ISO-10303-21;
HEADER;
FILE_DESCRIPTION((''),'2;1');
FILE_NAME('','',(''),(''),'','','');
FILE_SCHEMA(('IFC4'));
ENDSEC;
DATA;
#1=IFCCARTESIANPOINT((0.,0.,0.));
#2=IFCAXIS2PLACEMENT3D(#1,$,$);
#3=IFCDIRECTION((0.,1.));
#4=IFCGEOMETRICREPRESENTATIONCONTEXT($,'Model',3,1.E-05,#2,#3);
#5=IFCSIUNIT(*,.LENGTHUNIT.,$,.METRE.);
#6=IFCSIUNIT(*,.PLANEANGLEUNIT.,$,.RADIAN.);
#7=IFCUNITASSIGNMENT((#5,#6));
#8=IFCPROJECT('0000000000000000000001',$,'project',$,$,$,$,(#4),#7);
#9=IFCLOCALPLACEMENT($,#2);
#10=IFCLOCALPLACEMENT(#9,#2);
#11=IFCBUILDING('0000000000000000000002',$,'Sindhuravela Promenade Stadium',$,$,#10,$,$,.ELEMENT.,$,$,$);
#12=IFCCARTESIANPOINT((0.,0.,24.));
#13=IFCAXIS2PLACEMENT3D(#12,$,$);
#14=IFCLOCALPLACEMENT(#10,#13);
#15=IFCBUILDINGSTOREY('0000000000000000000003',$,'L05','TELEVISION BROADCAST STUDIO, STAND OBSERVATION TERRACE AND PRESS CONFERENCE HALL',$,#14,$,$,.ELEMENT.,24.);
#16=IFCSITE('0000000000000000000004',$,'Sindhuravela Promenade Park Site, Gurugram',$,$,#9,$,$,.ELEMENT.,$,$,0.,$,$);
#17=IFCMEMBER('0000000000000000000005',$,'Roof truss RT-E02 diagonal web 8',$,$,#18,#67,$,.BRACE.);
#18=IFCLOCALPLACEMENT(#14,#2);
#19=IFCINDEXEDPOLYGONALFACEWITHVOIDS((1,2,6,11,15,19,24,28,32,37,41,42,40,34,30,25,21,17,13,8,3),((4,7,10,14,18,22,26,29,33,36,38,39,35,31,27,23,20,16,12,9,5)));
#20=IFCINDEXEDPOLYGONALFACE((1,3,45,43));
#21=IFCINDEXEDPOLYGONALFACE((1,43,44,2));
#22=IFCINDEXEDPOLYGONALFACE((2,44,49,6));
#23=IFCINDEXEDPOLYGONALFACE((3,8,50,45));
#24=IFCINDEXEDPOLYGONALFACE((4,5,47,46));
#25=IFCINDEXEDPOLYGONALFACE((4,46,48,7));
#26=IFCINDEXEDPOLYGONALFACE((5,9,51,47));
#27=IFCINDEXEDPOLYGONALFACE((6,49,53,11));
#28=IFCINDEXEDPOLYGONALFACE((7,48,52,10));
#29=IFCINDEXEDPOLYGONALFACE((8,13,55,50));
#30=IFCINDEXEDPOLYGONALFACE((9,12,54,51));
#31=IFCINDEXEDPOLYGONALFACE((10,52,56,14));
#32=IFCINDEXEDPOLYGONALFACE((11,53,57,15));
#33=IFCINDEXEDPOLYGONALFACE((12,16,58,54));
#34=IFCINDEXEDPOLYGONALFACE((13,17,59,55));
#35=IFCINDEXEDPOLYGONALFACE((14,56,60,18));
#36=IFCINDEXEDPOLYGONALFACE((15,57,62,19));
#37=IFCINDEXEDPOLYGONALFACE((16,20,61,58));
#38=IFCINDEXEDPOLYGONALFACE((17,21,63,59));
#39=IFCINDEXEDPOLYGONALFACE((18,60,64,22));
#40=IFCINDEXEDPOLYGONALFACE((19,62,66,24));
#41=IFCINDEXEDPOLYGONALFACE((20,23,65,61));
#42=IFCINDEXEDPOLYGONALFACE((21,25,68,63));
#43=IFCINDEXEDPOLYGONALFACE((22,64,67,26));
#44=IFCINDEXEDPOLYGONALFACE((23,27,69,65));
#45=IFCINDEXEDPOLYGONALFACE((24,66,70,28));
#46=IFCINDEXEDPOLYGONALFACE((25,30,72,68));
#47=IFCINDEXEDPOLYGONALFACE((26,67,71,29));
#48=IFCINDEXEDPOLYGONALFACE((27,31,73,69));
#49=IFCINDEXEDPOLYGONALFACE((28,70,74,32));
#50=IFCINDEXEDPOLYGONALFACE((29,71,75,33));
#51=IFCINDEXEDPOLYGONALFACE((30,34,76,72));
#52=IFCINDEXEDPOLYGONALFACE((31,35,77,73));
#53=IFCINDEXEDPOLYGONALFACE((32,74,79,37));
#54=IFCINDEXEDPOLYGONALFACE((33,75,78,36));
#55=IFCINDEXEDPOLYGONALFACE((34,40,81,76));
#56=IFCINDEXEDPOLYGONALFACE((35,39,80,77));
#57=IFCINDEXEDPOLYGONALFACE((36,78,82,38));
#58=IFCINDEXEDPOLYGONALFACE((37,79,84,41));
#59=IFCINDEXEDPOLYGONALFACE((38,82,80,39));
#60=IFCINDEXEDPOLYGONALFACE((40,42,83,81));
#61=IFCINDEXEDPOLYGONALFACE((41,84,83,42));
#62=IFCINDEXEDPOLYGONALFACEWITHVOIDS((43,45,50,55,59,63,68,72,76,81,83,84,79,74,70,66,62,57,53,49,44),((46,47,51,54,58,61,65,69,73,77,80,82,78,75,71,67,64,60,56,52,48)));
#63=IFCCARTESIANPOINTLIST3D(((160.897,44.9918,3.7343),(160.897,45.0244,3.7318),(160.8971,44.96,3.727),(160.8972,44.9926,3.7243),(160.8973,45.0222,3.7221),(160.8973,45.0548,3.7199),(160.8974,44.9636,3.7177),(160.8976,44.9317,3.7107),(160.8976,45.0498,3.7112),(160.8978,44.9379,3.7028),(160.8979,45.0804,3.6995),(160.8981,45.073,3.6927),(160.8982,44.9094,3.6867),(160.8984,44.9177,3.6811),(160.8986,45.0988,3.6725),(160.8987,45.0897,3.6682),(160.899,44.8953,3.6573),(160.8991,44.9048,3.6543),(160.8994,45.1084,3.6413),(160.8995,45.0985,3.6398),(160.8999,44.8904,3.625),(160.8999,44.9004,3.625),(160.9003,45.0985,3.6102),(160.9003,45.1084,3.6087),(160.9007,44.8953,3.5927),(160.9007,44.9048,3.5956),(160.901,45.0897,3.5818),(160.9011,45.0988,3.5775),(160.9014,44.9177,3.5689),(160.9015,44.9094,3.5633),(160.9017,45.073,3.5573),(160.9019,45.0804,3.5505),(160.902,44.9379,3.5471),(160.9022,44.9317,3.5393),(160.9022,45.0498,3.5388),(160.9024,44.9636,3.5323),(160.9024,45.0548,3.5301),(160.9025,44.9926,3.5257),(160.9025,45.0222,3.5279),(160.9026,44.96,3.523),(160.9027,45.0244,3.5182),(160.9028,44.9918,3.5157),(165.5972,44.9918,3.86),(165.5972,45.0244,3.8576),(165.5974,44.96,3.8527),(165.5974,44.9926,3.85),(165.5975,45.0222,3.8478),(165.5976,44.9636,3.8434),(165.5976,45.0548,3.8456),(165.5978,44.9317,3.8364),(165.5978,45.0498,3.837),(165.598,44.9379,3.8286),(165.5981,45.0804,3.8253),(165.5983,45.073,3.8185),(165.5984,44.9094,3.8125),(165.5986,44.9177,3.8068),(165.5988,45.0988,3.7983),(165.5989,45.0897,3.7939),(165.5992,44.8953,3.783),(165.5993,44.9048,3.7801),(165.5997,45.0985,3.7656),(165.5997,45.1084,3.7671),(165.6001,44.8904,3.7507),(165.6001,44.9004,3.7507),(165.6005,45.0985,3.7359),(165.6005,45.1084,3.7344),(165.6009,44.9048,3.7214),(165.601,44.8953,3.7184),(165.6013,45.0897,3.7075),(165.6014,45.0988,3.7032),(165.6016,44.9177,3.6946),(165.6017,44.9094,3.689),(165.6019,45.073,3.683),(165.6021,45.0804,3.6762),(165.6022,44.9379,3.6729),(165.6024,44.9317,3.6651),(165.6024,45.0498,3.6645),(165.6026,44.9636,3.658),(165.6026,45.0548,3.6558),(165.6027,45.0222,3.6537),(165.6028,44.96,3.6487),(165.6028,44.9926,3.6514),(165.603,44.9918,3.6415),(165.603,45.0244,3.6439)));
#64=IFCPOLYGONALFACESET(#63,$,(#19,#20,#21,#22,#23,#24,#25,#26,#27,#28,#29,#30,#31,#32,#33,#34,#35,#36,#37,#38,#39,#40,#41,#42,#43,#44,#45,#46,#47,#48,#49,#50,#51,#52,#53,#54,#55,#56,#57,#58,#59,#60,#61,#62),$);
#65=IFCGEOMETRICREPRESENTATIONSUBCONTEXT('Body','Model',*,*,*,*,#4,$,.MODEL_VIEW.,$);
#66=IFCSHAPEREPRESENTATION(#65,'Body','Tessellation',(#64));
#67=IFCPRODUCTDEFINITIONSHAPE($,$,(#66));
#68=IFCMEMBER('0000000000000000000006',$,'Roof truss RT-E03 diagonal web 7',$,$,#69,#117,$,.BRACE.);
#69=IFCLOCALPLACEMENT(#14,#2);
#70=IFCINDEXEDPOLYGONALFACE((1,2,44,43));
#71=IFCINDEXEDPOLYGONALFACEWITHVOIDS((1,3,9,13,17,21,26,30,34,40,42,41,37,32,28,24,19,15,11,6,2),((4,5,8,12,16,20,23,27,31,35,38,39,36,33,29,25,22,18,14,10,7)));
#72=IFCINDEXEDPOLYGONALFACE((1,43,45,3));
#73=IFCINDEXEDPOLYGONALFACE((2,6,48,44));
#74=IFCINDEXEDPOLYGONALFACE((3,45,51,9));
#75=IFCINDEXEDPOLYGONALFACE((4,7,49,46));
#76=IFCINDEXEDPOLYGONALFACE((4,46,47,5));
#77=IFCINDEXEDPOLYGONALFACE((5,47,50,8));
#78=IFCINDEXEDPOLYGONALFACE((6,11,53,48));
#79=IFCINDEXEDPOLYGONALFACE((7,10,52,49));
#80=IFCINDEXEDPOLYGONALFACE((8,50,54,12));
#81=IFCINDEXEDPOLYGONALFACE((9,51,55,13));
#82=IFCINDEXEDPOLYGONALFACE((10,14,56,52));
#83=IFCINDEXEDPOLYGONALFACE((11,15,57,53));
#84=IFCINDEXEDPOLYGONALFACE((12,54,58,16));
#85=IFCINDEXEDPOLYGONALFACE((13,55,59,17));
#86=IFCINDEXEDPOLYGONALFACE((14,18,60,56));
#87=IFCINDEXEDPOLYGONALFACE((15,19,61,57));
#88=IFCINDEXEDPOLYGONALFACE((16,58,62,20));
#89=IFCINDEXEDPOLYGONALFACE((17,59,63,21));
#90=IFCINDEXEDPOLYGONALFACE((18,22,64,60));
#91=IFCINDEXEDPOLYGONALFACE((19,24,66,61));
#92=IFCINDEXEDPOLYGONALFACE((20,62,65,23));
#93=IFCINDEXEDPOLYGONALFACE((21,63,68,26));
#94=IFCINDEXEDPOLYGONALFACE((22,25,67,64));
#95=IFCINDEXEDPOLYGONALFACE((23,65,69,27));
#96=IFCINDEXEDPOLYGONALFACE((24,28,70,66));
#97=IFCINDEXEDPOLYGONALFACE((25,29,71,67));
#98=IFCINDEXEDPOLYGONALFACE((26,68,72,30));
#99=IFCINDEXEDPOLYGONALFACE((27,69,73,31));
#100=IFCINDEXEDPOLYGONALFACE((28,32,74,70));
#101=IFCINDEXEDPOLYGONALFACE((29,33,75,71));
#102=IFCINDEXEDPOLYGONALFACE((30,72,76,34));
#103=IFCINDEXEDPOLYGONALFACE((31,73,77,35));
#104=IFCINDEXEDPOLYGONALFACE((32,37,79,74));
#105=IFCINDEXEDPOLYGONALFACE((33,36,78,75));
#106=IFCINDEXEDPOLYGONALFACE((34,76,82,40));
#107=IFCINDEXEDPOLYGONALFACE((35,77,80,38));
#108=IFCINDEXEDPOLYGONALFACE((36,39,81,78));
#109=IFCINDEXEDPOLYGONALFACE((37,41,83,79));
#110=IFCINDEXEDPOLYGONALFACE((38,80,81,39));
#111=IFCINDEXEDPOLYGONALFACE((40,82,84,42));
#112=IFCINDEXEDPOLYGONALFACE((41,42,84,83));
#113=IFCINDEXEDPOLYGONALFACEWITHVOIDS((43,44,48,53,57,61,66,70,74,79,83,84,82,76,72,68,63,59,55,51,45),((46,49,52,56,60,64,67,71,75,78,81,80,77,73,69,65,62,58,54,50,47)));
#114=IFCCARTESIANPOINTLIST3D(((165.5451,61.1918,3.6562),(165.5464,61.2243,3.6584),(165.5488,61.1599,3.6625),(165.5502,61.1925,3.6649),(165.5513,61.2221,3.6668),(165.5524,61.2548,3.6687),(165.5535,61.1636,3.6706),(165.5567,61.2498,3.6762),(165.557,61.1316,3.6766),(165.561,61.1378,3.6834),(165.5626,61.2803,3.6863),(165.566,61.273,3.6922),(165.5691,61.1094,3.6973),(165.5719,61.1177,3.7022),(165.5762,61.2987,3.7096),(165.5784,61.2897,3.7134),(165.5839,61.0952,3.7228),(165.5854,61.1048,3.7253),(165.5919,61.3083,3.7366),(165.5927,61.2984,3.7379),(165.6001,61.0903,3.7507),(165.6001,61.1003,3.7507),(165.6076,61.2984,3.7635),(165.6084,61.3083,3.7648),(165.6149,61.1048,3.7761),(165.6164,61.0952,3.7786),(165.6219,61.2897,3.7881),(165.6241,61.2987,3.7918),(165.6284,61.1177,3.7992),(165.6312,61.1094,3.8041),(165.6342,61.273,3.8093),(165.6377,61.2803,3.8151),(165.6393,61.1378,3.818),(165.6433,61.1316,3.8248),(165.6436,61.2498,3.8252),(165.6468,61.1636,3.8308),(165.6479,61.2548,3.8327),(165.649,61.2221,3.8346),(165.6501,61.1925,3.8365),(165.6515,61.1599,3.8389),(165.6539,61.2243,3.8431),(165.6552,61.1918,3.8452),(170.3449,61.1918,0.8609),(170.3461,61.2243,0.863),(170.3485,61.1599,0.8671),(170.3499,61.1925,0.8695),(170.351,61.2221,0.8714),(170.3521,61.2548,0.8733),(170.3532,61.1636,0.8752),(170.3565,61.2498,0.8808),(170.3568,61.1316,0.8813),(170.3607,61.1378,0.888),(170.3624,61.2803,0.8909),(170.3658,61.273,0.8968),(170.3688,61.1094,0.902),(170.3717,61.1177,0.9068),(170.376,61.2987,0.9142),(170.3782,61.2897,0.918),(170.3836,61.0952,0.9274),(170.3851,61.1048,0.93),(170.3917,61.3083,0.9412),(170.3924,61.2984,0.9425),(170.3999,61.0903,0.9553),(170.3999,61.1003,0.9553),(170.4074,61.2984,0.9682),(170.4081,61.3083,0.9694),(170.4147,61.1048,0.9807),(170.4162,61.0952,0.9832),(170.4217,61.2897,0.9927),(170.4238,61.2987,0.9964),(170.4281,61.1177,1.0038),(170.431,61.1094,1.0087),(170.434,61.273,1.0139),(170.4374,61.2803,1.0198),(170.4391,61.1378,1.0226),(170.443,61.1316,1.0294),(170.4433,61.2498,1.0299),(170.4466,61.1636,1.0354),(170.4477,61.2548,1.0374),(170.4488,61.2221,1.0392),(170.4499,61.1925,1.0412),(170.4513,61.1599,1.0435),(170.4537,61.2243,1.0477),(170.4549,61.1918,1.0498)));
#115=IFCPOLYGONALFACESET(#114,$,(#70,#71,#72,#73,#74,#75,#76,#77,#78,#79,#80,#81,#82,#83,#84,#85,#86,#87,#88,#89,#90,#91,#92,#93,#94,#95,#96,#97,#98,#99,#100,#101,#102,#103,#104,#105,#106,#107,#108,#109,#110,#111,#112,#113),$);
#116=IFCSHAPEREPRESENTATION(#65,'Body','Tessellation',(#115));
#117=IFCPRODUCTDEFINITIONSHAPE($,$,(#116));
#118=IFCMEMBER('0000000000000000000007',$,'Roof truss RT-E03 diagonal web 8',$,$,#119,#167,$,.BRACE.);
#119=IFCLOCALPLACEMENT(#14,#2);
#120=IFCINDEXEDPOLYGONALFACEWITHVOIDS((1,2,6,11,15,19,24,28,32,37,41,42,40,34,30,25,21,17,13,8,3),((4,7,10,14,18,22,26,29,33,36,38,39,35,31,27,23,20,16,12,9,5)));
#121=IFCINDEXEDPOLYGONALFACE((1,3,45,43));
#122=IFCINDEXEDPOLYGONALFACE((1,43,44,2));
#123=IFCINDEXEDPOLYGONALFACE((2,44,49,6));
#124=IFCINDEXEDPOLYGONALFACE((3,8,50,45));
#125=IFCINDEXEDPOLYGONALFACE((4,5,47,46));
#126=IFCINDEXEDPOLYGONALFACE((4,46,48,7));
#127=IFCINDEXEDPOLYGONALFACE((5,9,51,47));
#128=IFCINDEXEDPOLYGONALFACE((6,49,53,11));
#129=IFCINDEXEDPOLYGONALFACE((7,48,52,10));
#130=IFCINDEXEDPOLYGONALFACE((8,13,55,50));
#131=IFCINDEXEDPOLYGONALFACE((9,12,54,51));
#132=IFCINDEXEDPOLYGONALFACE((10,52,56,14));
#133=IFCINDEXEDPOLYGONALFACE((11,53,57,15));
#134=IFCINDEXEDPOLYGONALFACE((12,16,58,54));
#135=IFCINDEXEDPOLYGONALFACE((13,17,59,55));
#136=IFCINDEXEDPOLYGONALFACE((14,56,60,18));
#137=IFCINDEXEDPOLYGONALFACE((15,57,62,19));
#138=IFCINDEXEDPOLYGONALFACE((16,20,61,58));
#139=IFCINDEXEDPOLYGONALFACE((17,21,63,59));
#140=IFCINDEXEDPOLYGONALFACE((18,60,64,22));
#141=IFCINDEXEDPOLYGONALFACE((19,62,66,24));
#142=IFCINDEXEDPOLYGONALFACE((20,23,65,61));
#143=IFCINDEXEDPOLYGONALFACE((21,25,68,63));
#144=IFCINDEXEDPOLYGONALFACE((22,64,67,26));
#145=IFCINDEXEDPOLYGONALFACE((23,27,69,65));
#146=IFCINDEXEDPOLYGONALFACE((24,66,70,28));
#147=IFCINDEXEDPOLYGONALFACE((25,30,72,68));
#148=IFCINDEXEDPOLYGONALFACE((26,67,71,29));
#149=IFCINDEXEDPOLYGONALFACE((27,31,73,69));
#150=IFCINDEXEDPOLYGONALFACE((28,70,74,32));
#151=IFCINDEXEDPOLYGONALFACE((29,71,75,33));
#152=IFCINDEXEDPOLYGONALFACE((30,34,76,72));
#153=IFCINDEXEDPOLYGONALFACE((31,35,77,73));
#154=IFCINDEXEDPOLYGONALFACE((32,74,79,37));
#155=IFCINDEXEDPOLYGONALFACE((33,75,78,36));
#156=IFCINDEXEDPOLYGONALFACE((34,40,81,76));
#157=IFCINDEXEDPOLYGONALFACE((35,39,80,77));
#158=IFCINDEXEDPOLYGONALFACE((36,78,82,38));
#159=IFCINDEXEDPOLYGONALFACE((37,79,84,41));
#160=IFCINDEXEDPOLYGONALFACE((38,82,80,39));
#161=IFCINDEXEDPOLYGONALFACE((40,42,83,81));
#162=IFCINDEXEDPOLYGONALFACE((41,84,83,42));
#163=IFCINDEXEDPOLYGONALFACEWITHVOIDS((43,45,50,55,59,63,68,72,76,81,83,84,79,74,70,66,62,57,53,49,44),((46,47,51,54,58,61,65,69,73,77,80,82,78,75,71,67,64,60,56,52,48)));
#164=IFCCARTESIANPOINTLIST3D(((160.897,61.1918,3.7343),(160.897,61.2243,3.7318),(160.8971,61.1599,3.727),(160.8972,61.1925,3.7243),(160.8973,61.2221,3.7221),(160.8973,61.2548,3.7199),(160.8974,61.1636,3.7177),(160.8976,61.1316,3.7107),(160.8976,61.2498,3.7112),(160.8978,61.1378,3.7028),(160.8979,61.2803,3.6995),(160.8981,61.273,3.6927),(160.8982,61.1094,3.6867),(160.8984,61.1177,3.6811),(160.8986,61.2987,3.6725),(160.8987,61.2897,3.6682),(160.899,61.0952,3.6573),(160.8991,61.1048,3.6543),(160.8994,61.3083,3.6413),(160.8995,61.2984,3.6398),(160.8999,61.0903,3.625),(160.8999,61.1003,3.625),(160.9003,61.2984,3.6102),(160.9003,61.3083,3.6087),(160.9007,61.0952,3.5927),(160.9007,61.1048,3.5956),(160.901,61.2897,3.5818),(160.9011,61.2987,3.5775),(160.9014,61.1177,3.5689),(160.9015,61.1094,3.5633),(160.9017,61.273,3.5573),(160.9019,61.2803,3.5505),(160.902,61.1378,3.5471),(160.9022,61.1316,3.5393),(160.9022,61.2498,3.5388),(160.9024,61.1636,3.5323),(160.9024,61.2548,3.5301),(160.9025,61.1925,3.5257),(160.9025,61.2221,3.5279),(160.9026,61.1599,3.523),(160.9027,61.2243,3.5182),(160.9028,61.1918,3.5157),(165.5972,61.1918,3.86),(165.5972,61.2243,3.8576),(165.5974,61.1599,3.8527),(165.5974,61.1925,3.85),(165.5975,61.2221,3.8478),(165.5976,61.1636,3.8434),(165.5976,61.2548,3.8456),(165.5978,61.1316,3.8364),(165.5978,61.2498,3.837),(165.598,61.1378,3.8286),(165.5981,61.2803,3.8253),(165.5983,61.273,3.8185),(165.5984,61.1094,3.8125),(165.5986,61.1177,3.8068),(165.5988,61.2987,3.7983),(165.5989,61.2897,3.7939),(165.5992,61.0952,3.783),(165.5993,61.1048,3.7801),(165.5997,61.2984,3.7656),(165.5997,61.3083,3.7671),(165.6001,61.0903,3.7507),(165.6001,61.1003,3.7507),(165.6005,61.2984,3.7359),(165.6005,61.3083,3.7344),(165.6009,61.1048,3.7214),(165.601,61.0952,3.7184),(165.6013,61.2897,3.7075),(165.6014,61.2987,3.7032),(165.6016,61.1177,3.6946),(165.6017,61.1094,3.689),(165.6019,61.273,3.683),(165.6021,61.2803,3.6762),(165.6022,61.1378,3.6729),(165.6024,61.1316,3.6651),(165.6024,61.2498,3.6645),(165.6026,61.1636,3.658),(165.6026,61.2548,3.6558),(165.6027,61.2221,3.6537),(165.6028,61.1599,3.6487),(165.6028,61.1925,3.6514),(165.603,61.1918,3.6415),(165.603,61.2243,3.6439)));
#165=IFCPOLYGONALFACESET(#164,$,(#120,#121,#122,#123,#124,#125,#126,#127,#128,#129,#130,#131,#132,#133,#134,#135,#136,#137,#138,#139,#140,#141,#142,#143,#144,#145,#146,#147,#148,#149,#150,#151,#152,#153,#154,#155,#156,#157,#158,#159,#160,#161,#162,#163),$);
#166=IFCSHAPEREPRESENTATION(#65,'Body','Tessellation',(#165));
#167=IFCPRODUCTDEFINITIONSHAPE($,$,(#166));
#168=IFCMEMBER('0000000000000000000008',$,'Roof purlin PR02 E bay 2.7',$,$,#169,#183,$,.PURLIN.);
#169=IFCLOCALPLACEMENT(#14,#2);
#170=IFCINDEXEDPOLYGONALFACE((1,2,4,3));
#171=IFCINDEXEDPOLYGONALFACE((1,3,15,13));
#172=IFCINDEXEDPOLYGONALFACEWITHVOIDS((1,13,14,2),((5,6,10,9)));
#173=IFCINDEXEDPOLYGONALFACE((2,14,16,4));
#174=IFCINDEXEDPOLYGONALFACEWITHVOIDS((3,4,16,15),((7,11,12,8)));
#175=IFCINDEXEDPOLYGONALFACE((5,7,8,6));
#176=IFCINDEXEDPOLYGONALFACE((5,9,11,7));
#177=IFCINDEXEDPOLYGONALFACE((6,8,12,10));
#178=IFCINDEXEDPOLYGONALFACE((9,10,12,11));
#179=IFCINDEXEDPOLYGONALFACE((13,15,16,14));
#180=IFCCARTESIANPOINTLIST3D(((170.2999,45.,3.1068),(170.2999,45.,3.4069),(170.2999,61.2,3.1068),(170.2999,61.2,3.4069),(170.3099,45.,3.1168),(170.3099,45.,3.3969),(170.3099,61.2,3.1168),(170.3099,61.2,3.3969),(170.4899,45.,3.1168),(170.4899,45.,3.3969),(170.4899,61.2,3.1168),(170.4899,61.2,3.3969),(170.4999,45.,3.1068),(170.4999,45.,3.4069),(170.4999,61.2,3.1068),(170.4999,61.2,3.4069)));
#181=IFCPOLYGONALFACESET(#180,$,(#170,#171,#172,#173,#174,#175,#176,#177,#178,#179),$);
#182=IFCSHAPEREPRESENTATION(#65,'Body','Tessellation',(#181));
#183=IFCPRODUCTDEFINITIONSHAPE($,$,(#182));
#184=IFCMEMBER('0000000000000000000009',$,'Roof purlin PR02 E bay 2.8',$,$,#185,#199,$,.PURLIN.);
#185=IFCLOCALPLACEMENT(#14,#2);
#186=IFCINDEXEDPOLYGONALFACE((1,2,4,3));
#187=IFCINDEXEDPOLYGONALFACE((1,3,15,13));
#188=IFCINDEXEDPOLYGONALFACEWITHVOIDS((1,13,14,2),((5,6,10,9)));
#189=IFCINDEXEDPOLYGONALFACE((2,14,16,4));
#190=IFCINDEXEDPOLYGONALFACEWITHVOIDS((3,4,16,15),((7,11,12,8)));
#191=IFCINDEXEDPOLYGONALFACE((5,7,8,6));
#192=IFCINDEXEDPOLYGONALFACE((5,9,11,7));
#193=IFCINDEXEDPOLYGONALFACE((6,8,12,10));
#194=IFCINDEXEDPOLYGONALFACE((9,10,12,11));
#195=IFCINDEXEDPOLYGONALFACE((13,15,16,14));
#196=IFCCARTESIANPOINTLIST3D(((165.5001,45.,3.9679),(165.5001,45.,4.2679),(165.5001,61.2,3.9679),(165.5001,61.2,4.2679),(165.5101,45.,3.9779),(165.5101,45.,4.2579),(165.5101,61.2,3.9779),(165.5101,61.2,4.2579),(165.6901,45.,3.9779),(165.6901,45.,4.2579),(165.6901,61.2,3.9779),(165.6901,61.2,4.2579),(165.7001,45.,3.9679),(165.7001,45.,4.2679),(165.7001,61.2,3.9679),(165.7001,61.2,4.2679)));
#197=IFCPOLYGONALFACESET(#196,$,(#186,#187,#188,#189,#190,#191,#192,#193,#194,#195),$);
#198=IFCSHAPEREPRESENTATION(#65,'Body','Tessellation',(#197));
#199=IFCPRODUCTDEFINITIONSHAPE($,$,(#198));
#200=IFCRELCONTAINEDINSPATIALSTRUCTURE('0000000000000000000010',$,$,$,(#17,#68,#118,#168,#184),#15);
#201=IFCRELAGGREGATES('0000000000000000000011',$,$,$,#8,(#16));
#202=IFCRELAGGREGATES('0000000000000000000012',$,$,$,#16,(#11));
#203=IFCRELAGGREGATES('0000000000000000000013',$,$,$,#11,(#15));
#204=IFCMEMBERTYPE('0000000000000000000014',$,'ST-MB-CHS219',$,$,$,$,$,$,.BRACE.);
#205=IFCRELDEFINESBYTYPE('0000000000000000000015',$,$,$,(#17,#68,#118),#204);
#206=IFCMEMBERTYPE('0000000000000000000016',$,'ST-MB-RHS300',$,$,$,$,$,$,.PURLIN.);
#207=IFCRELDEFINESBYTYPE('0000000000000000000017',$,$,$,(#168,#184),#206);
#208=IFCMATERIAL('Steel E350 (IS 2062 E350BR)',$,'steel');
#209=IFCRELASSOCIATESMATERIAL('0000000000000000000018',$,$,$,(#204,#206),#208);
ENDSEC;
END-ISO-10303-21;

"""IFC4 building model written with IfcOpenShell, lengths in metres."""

from ifc_helpers import new_model, si_unit, direction, frame, origin, origin_2d, place, context, subcontext, project, spatial, hollow_rectangle, hollow_circle, extrude, material, material_profile, profile_set, type_object, element, save


model = new_model("IFC4")

# Units and contexts
model_context = context("Model", 3, precision=1e-05, world=origin(), true_north=direction((0.0, 1.0)))
body_context = subcontext(model_context, "Body", "Model", "MODEL_VIEW")
ifc_project = project(units=[si_unit("LENGTHUNIT", "METRE"), si_unit("PLANEANGLEUNIT", "RADIAN")], contexts=[model_context])

# Site, building, storey
site_placement = place(None, origin())
site = spatial("IfcSite", under=ifc_project, at=site_placement, Name="Sindhuravela Promenade Park Site, Gurugram", CompositionType="ELEMENT", RefElevation=0.0)
building_placement = place(site_placement, origin())
building = spatial("IfcBuilding", under=site, at=building_placement, Name="Sindhuravela Promenade Stadium", CompositionType="ELEMENT")
storey_placement = place(building_placement, frame((0.0, 0.0, 24.0)))
storey = spatial("IfcBuildingStorey", under=building, at=storey_placement, Name="L05", Description="TELEVISION BROADCAST STUDIO, STAND OBSERVATION TERRACE AND PRESS CONFERENCE HALL", CompositionType="ELEMENT", Elevation=24.0)

# Shared definitions
ifc_material_1 = material(Name="Steel E350 (IS 2062 E350BR)", Category="steel")

# Members
ifc_material_profile_1 = material_profile(ifc_material_1, hollow_circle(Radius=0.1096, WallThickness=0.01, at=origin_2d()), Name="CHS 219.1x10")
ifc_profile_set_1 = profile_set([ifc_material_profile_1], Name="Steel E350 (IS 2062 E350BR)")
member_type_1 = type_object("IfcMemberType", Name="ST-MB-CHS219", PredefinedType="BRACE", material=ifc_profile_set_1)
member_1_placement = place(storey_placement, frame((165.6001, 45.0, 3.7507), z_axis=(-0.999642, 0.0, -0.026741), x_axis=(0.0, -1.0, 0.0)))
element("IfcMember", 1, at=member_1_placement, inside=storey, type_object=member_type_1, Name="Roof truss RT-E02 diagonal web 8", PredefinedType="BRACE", context=body_context, shape_type="SweptSolid", body=[
    extrude(hollow_circle(Radius=0.1096, WallThickness=0.01, at=origin_2d()), origin(), (0.0, 0.0, 1.0), 4.7019),
])
member_2_placement = place(storey_placement, frame((170.3999, 61.2, 0.9553), z_axis=(-0.864129, 0.0, 0.50327), x_axis=(0.0, -1.0, 0.0)))
element("IfcMember", 2, at=member_2_placement, inside=storey, type_object=member_type_1, Name="Roof truss RT-E03 diagonal web 7", PredefinedType="BRACE", context=body_context, shape_type="SweptSolid", body=[
    extrude(hollow_circle(Radius=0.1096, WallThickness=0.01, at=origin_2d()), origin(), (0.0, 0.0, 1.0), 5.5544),
])
member_3_placement = place(storey_placement, frame((165.6001, 61.2, 3.7507), z_axis=(-0.999642, 0.0, -0.026741), x_axis=(0.0, -1.0, 0.0)))
element("IfcMember", 3, at=member_3_placement, inside=storey, type_object=member_type_1, Name="Roof truss RT-E03 diagonal web 8", PredefinedType="BRACE", context=body_context, shape_type="SweptSolid", body=[
    extrude(hollow_circle(Radius=0.1096, WallThickness=0.01, at=origin_2d()), origin(), (0.0, 0.0, 1.0), 4.7019),
])
ifc_material_profile_2 = material_profile(ifc_material_1, hollow_rectangle(XDim=0.2, YDim=0.3, WallThickness=0.01, at=origin_2d()), Name="RHS 300x200x10")
ifc_profile_set_2 = profile_set([ifc_material_profile_2], Name="Steel E350 (IS 2062 E350BR)")
member_type_2 = type_object("IfcMemberType", Name="ST-MB-RHS300", PredefinedType="PURLIN", material=ifc_profile_set_2)
for number, where, z_axis, x_axis, name in (
    (4, (170.3999, 45.0, 3.2568), (0.0, 1.0, 0.0), (-1.0, 0.0, 0.0), "Roof purlin PR02 E bay 2.7"),
    (5, (165.6001, 45.0, 4.1179), (0.0, 1.0, 0.0), (-1.0, 0.0, 0.0), "Roof purlin PR02 E bay 2.8"),
):
    element("IfcMember", number, at=place(storey_placement, frame(where, z_axis=z_axis, x_axis=x_axis)), inside=storey, type_object=member_type_2, Name=name, PredefinedType="PURLIN", context=body_context, shape_type="SweptSolid", body=[
        extrude(hollow_rectangle(XDim=0.2, YDim=0.3, WallThickness=0.01, at=origin_2d()), origin(), (0.0, 0.0, 1.0), 16.2),
    ])

save(model, "model.ifc")
